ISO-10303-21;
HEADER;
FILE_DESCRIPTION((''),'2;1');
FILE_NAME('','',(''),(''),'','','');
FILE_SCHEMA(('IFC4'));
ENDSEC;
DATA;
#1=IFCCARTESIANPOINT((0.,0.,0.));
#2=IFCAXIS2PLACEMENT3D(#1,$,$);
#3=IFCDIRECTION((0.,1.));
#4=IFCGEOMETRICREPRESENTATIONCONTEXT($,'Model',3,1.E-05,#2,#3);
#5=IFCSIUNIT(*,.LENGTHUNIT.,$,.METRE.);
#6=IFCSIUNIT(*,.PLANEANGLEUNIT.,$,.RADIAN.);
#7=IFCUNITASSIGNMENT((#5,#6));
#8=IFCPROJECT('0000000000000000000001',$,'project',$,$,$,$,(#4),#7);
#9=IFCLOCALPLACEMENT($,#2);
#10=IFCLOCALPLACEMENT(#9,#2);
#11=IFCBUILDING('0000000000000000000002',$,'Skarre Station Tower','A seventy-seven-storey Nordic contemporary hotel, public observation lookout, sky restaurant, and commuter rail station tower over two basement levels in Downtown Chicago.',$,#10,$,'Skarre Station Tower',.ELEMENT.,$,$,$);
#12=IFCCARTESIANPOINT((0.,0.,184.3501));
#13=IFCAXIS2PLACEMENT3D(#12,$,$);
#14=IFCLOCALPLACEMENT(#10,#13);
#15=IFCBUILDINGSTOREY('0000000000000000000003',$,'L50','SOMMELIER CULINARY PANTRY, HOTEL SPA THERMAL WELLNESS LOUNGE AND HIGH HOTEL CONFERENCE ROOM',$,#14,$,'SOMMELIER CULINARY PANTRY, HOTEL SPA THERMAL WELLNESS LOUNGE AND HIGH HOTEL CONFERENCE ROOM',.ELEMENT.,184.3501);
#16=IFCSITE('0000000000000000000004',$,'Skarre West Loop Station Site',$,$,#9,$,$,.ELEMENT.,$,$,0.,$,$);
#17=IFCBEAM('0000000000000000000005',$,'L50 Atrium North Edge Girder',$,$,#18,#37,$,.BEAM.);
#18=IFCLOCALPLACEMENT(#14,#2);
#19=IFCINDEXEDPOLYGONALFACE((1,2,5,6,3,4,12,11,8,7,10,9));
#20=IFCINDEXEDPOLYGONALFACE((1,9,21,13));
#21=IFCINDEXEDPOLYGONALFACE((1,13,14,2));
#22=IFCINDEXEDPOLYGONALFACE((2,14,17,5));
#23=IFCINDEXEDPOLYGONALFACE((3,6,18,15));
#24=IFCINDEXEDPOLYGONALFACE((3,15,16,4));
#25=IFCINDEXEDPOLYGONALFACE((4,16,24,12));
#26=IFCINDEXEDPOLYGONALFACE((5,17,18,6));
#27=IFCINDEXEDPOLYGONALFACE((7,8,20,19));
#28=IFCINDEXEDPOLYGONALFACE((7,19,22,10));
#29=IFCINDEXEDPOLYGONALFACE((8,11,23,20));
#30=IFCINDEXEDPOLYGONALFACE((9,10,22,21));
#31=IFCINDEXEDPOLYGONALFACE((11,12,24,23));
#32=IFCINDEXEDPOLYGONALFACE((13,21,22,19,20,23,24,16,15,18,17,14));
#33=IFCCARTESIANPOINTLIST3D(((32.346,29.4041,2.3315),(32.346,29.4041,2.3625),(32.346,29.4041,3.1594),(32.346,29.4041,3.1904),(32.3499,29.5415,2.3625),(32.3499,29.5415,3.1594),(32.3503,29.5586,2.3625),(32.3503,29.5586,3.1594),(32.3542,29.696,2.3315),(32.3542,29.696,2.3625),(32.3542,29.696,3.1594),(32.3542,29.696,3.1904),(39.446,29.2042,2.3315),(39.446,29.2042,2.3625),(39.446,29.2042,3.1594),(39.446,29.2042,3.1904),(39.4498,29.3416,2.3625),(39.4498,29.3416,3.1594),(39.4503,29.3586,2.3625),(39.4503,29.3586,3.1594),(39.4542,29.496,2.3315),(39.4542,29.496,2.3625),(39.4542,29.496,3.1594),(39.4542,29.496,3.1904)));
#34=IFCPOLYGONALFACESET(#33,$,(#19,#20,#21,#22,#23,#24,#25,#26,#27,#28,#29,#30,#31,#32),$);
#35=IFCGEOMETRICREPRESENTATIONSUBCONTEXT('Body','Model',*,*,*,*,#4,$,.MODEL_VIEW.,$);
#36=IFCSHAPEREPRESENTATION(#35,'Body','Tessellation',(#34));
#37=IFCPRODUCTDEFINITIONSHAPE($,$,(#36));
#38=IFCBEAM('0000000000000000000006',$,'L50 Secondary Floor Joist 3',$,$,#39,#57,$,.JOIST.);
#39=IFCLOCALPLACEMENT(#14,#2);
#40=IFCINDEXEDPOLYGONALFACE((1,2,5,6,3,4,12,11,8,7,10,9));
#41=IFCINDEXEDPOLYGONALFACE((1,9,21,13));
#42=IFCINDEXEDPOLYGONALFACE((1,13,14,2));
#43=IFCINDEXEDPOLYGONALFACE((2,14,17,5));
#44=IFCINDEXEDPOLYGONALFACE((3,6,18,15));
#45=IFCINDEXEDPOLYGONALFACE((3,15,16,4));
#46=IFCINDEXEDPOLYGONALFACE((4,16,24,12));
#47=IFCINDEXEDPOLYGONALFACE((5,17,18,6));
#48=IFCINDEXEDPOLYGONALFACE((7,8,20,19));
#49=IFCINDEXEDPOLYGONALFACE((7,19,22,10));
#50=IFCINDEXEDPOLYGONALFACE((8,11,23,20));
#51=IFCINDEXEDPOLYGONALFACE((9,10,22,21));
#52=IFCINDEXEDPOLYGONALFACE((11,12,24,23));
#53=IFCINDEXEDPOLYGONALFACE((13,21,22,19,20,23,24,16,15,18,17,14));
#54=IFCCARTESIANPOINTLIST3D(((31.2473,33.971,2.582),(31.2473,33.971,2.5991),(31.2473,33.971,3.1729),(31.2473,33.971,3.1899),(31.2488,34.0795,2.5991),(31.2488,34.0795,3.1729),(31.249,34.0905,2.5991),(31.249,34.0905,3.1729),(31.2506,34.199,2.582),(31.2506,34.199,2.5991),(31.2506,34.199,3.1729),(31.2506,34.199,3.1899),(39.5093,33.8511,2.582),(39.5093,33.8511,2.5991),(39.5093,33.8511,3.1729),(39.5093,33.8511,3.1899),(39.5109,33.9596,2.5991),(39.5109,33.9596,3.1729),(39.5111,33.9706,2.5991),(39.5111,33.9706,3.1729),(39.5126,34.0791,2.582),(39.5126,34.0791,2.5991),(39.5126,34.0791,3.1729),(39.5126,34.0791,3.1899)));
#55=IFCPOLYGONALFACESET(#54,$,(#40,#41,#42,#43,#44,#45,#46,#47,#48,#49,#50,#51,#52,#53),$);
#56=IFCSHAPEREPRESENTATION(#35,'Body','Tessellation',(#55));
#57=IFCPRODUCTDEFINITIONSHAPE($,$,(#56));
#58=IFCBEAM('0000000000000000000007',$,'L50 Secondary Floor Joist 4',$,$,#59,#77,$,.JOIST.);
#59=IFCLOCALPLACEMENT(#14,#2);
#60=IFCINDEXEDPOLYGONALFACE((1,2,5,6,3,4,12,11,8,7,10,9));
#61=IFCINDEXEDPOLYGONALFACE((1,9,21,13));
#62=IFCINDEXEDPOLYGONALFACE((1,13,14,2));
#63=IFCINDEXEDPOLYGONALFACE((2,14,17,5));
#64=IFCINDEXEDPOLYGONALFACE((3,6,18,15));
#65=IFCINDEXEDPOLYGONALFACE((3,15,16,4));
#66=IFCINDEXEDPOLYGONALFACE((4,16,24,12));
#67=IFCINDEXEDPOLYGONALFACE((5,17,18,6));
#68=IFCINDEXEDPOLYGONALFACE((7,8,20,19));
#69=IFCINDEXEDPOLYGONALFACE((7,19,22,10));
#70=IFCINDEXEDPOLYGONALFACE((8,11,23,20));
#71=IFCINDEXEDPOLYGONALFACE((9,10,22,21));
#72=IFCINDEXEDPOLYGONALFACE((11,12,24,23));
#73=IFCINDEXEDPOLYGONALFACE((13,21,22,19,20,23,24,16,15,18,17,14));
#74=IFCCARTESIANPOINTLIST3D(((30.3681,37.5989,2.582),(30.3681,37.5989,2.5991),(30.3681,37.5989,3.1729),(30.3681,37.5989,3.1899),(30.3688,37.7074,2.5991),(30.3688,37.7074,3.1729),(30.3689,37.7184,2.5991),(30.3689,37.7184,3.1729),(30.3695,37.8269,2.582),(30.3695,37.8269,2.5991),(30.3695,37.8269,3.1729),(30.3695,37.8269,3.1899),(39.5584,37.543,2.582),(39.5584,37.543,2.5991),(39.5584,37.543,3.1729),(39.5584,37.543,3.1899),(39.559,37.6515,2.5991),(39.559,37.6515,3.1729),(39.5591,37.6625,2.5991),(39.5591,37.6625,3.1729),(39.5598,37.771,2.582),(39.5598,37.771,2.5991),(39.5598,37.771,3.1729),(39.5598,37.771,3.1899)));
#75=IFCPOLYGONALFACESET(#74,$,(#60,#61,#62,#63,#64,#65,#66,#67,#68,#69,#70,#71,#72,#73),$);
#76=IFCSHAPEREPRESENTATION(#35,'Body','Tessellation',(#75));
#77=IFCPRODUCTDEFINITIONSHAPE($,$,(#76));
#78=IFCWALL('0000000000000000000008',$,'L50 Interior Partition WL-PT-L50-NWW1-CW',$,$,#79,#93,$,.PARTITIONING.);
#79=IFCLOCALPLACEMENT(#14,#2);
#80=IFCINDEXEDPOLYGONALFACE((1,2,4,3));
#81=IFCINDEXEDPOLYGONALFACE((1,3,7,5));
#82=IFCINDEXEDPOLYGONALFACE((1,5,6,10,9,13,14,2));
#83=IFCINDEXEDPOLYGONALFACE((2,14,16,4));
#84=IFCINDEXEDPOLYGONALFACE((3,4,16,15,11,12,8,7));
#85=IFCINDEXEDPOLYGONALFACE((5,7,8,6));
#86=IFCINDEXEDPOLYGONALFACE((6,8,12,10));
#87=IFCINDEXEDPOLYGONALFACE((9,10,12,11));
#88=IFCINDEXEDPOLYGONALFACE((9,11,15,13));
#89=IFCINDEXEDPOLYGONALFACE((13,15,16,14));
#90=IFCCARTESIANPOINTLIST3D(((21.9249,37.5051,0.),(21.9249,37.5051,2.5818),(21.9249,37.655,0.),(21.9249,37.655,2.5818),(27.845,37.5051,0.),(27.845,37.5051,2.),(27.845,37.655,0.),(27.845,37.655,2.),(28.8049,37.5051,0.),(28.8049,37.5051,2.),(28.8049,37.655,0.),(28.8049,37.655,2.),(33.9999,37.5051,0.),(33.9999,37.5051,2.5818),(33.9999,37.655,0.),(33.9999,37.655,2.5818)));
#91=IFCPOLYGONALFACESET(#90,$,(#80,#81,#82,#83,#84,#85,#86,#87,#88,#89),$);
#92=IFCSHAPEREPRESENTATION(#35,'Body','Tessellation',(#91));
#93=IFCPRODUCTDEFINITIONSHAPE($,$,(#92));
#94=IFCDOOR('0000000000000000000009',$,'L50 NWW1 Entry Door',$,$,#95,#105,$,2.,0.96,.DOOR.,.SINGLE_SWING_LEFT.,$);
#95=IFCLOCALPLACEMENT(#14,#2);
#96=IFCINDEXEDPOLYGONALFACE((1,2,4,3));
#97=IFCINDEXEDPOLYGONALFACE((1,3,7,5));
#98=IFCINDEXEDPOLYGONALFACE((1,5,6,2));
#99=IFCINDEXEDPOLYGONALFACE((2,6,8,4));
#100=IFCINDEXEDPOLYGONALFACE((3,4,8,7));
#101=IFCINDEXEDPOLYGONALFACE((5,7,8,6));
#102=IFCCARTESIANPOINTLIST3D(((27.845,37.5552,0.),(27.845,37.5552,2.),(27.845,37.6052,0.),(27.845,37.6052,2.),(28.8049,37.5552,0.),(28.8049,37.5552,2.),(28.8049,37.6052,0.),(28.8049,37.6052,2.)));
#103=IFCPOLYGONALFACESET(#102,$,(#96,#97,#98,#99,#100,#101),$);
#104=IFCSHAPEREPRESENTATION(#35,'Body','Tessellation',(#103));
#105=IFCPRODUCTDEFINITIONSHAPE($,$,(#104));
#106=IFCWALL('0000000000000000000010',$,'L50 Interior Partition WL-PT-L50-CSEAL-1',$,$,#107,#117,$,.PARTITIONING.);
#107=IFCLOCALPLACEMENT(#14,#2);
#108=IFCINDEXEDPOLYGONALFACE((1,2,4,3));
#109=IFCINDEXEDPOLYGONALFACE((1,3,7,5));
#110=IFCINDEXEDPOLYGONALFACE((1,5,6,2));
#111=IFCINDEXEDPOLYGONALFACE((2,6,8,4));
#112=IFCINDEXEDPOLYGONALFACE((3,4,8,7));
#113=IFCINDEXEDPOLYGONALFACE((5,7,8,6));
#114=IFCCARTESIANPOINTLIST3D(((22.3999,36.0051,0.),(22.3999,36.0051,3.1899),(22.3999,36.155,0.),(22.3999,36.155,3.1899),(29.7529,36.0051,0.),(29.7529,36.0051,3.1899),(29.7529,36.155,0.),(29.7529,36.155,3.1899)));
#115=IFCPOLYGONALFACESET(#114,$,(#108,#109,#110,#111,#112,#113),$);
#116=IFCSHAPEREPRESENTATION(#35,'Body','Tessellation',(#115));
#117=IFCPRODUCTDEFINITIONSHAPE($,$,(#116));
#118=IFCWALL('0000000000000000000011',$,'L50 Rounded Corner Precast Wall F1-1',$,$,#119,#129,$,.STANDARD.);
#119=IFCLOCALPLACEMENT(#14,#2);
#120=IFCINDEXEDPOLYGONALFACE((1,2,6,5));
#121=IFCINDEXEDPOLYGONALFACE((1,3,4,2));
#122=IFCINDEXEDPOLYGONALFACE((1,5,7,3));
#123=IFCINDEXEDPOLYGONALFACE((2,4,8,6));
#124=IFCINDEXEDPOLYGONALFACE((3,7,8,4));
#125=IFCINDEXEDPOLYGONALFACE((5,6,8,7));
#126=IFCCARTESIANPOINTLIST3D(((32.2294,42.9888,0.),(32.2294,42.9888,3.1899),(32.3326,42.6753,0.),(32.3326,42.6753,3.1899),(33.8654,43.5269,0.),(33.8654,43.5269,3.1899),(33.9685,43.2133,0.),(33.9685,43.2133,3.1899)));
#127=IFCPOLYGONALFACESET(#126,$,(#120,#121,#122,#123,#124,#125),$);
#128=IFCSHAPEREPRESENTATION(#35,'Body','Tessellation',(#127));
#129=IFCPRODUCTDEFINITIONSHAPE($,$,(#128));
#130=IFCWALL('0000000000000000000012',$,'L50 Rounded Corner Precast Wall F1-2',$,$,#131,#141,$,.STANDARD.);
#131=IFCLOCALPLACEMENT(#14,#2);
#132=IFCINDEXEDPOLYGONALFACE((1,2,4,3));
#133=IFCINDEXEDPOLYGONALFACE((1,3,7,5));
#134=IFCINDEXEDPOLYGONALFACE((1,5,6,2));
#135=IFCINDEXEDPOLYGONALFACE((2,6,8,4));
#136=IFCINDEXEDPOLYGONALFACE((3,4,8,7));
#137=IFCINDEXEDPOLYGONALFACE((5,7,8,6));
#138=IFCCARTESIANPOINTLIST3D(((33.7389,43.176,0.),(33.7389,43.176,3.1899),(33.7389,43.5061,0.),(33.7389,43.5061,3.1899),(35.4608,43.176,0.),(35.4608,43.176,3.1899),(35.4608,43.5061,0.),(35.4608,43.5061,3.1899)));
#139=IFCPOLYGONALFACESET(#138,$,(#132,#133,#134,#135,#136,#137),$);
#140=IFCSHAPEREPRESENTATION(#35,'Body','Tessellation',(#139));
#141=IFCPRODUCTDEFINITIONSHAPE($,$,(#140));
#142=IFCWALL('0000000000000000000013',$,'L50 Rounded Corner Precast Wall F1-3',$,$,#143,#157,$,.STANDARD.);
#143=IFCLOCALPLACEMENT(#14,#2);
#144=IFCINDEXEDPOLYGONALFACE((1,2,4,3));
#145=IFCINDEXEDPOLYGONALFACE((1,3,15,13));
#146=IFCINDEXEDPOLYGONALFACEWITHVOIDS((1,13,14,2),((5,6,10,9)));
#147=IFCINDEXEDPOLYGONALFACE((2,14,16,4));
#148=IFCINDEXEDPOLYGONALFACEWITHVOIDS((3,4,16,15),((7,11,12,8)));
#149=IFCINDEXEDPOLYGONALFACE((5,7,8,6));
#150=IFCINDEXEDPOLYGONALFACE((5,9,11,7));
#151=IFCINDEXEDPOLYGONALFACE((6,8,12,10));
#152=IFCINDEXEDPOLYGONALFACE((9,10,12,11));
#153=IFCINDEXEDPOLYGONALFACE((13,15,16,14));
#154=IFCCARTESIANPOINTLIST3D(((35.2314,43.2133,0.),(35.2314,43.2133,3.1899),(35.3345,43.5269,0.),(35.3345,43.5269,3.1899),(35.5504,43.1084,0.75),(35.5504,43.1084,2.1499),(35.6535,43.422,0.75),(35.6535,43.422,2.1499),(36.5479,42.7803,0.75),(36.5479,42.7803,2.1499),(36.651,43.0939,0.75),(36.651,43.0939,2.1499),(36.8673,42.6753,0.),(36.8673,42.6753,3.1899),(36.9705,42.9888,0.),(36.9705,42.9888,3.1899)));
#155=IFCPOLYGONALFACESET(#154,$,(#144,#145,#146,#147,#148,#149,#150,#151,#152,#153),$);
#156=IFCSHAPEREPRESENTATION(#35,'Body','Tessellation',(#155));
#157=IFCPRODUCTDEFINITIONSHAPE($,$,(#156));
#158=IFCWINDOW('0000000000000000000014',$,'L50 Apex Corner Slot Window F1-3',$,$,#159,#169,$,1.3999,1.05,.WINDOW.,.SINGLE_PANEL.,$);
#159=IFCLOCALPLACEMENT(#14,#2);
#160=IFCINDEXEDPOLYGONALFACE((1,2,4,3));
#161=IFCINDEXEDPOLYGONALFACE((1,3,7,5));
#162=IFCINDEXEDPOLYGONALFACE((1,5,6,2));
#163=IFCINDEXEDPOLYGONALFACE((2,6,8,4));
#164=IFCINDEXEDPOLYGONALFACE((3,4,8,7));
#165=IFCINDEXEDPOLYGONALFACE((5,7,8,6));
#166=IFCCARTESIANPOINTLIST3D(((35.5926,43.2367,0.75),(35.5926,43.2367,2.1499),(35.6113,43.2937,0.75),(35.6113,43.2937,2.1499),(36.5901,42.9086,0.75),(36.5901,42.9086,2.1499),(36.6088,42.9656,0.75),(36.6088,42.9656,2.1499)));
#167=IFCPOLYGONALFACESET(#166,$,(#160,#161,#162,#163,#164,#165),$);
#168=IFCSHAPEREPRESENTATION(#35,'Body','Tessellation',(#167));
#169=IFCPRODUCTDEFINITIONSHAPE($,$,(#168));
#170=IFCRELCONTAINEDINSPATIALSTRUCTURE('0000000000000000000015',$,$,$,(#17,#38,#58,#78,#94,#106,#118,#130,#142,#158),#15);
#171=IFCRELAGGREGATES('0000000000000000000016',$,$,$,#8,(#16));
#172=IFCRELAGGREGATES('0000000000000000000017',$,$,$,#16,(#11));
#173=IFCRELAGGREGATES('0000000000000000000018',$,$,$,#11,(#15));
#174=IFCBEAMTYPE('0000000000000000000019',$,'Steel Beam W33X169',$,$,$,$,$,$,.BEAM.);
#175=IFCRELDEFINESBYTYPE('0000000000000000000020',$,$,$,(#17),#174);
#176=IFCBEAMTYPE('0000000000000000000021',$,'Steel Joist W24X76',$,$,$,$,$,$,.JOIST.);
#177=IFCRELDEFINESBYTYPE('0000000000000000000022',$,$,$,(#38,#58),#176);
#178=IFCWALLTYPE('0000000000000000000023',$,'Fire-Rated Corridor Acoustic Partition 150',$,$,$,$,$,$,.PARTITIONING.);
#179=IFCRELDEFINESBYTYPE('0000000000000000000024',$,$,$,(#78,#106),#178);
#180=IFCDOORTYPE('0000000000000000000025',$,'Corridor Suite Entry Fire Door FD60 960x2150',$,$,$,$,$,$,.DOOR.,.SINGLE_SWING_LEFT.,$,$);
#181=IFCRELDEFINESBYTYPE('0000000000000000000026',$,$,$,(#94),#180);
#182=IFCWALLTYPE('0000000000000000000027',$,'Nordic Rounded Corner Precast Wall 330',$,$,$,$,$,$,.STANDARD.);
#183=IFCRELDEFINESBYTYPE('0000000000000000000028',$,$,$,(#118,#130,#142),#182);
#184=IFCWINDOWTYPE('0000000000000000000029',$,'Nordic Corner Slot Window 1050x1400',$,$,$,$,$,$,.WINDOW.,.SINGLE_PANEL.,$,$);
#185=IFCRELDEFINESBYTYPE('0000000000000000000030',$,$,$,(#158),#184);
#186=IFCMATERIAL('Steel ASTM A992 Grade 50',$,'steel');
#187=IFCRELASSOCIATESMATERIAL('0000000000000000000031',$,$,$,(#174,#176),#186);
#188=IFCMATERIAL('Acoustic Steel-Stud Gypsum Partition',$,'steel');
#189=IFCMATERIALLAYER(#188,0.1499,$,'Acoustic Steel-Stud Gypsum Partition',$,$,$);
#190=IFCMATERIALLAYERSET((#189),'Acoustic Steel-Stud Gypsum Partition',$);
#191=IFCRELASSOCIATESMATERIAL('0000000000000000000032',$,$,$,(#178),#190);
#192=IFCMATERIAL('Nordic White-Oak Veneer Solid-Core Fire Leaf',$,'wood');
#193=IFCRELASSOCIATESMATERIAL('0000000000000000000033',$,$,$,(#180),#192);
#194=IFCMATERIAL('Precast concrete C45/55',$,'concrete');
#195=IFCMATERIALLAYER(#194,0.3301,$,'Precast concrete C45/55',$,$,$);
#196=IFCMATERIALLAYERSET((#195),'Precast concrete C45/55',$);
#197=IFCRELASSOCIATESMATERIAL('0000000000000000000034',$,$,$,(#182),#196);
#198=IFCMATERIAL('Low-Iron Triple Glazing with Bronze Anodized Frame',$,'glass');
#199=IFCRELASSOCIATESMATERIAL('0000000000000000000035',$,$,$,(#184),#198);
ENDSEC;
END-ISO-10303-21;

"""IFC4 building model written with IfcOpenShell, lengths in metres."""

from ifc_helpers import new_model, si_unit, direction, frame, frame_2d, origin, origin_2d, place, context, subcontext, project, spatial, rectangle, i_section, extrude, material, layer, layer_set, material_profile, profile_set, type_object, element, fill, save


model = new_model("IFC4")

# Units and contexts
model_context = context("Model", 3, precision=1e-05, world=origin(), true_north=direction((0.0, 1.0)))
body_context = subcontext(model_context, "Body", "Model", "MODEL_VIEW")
ifc_project = project(units=[si_unit("LENGTHUNIT", "METRE"), si_unit("PLANEANGLEUNIT", "RADIAN")], contexts=[model_context])

# Site, building, storey
site_placement = place(None, origin())
site = spatial("IfcSite", under=ifc_project, at=site_placement, Name="Skarre West Loop Station Site", CompositionType="ELEMENT", RefElevation=0.0)
building_placement = place(site_placement, origin())
building = spatial("IfcBuilding", under=site, at=building_placement, Name="Skarre Station Tower", Description="A seventy-seven-storey Nordic contemporary hotel, public observation lookout, sky restaurant, and commuter rail station tower over two basement levels in Downtown Chicago.", LongName="Skarre Station Tower", CompositionType="ELEMENT")
storey_placement = place(building_placement, frame((0.0, 0.0, 184.3501)))
storey = spatial("IfcBuildingStorey", under=building, at=storey_placement, Name="L50", Description="SOMMELIER CULINARY PANTRY, HOTEL SPA THERMAL WELLNESS LOUNGE AND HIGH HOTEL CONFERENCE ROOM", LongName="SOMMELIER CULINARY PANTRY, HOTEL SPA THERMAL WELLNESS LOUNGE AND HIGH HOTEL CONFERENCE ROOM", CompositionType="ELEMENT", Elevation=184.3501)

# Beams
ifc_material_1 = material(Name="Steel ASTM A992 Grade 50", Category="steel")
ifc_material_profile_1 = material_profile(ifc_material_1, i_section(OverallWidth=0.292, OverallDepth=0.8589, WebThickness=0.0171, FlangeThickness=0.031, at=origin_2d()), Name="Steel ASTM A992 Grade 50")
ifc_profile_set_1 = profile_set([ifc_material_profile_1], Name="Steel ASTM A992 Grade 50")
beam_type_1 = type_object("IfcBeamType", Name="Steel Beam W33X169", PredefinedType="BEAM", material=ifc_profile_set_1)
beam_1_placement = place(storey_placement, frame((32.3501, 29.55, 2.761), z_axis=(0.999604, -0.028152, 0.0), x_axis=(0.028152, 0.999604, 0.0)))
element("IfcBeam", 1, at=beam_1_placement, inside=storey, type_object=beam_type_1, Name="L50 Atrium North Edge Girder", PredefinedType="BEAM", context=body_context, shape_type="SweptSolid", body=[
    extrude(i_section(OverallWidth=0.292, OverallDepth=0.8589, WebThickness=0.0171, FlangeThickness=0.031, at=origin_2d()), origin(), (0.0, 0.0, 1.0), 7.1028),
])
ifc_material_profile_2 = material_profile(ifc_material_1, i_section(OverallWidth=0.228, OverallDepth=0.6079, WebThickness=0.011, FlangeThickness=0.0171, at=origin_2d()), Name="Steel ASTM A992 Grade 50")
ifc_profile_set_2 = profile_set([ifc_material_profile_2], Name="Steel ASTM A992 Grade 50")
beam_type_2 = type_object("IfcBeamType", Name="Steel Joist W24X76", PredefinedType="JOIST", material=ifc_profile_set_2)
beam_2_placement = place(storey_placement, frame((39.511, 33.9651, 2.886), z_axis=(-0.999895, 0.014508, 0.0), x_axis=(-0.014508, -0.999895, 0.0)))
element("IfcBeam", 2, at=beam_2_placement, inside=storey, type_object=beam_type_2, Name="L50 Secondary Floor Joist 3", PredefinedType="JOIST", context=body_context, shape_type="SweptSolid", body=[
    extrude(i_section(OverallWidth=0.228, OverallDepth=0.6079, WebThickness=0.011, FlangeThickness=0.0171, at=origin_2d()), origin(), (0.0, 0.0, 1.0), 8.2629),
])
beam_3_placement = place(storey_placement, frame((39.5591, 37.657, 2.886), z_axis=(-0.999981, 0.006083, 0.0), x_axis=(-0.006083, -0.999981, 0.0)))
element("IfcBeam", 3, at=beam_3_placement, inside=storey, type_object=beam_type_2, Name="L50 Secondary Floor Joist 4", PredefinedType="JOIST", context=body_context, shape_type="SweptSolid", body=[
    extrude(i_section(OverallWidth=0.228, OverallDepth=0.6079, WebThickness=0.011, FlangeThickness=0.0171, at=origin_2d()), origin(), (0.0, 0.0, 1.0), 9.1904),
])

# Wall, opening, door
ifc_material_2 = material(Name="Acoustic Steel-Stud Gypsum Partition", Category="steel")
ifc_layer_1 = layer(ifc_material_2, 0.1499, Name="Acoustic Steel-Stud Gypsum Partition")
ifc_layer_set_1 = layer_set([ifc_layer_1], Name="Acoustic Steel-Stud Gypsum Partition")
wall_type_1 = type_object("IfcWallType", Name="Fire-Rated Corridor Acoustic Partition 150", PredefinedType="PARTITIONING", material=ifc_layer_set_1)
wall_1_placement = place(storey_placement, frame((34.0, 37.5801, 0.0), z_axis=(0.0, 0.0, 1.0), x_axis=(-1.0, 0.0, 0.0)))
wall_1 = element("IfcWall", 4, at=wall_1_placement, inside=storey, type_object=wall_type_1, Name="L50 Interior Partition WL-PT-L50-NWW1-CW", PredefinedType="PARTITIONING", context=body_context, shape_type="SweptSolid", body=[
    extrude(rectangle(XDim=12.075, YDim=0.1499, at=frame_2d((6.0376, 0.0))), origin(), (0.0, 0.0, 1.0), 2.5818),
])
opening_1_placement = place(wall_1_placement, frame((5.1951, 0.0, 0.0)))
opening_1 = element("IfcOpeningElement", 5, at=opening_1_placement, cuts=wall_1, PredefinedType="OPENING", context=body_context, shape_type="SweptSolid", body=[
    extrude(rectangle(XDim=0.96, YDim=2.0, at=frame_2d((0.48, 1.0))), frame((0.0, 0.085, 0.0), z_axis=(0.0, -1.0, 0.0), x_axis=(1.0, 0.0, 0.0)), (0.0, 0.0, 1.0), 0.1699),
])
ifc_material_3 = material(Name="Nordic White-Oak Veneer Solid-Core Fire Leaf", Category="wood")
door_type = type_object("IfcDoorType", Name="Corridor Suite Entry Fire Door FD60 960x2150", OperationType="SINGLE_SWING_LEFT", PredefinedType="DOOR", material=ifc_material_3)
door_placement = place(opening_1_placement, origin())
door = element("IfcDoor", 6, at=door_placement, inside=storey, type_object=door_type, Name="L50 NWW1 Entry Door", OperationType="SINGLE_SWING_LEFT", OverallHeight=2.0, OverallWidth=0.96, PredefinedType="DOOR", context=body_context, shape_type="SweptSolid", body=[
    extrude(rectangle(XDim=0.96, YDim=2.0, at=frame_2d((0.48, 1.0))), frame((0.0, 0.0249, 0.0), z_axis=(0.0, -1.0, 0.0), x_axis=(1.0, 0.0, 0.0)), (0.0, 0.0, 1.0), 0.05),
])
fill(opening_1, door)

# Walls
wall_2_placement = place(storey_placement, frame((29.7529, 36.0801, 0.0), z_axis=(0.0, 0.0, 1.0), x_axis=(-1.0, 0.0, 0.0)))
element("IfcWall", 7, at=wall_2_placement, inside=storey, type_object=wall_type_1, Name="L50 Interior Partition WL-PT-L50-CSEAL-1", PredefinedType="PARTITIONING", context=body_context, shape_type="SweptSolid", body=[
    extrude(rectangle(XDim=7.353, YDim=0.1499, at=frame_2d((3.6765, 0.0))), origin(), (0.0, 0.0, 1.0), 3.1899),
])
ifc_material_4 = material(Name="Precast concrete C45/55", Category="concrete")
ifc_layer_2 = layer(ifc_material_4, 0.3301, Name="Precast concrete C45/55")
ifc_layer_set_2 = layer_set([ifc_layer_2], Name="Precast concrete C45/55")
wall_type_2 = type_object("IfcWallType", Name="Nordic Rounded Corner Precast Wall 330", PredefinedType="STANDARD", material=ifc_layer_set_2)
wall_3_placement = place(storey_placement, frame((32.281, 42.832, 0.0), z_axis=(0.0, 0.0, 1.0), x_axis=(0.949937, 0.31244, 0.0)))
element("IfcWall", 8, at=wall_3_placement, inside=storey, type_object=wall_type_2, Name="L50 Rounded Corner Precast Wall F1-1", PredefinedType="STANDARD", context=body_context, shape_type="SweptSolid", body=[
    extrude(rectangle(XDim=1.7222, YDim=0.3301, at=frame_2d((0.8611, 0.0))), origin(), (0.0, 0.0, 1.0), 3.1899),
])
wall_4_placement = place(storey_placement, frame((33.739, 43.3411, 0.0), z_axis=(0.0, 0.0, 1.0), x_axis=(1.0, 0.0, 0.0)))
element("IfcWall", 9, at=wall_4_placement, inside=storey, type_object=wall_type_2, Name="L50 Rounded Corner Precast Wall F1-2", PredefinedType="STANDARD", context=body_context, shape_type="SweptSolid", body=[
    extrude(rectangle(XDim=1.7219, YDim=0.3301, at=frame_2d((0.8608, 0.0))), origin(), (0.0, 0.0, 1.0), 3.1899),
])

# Wall, opening, window
wall_5_placement = place(storey_placement, frame((35.283, 43.3701, 0.0), z_axis=(0.0, 0.0, 1.0), x_axis=(0.949937, -0.31244, 0.0)))
wall_5 = element("IfcWall", 10, at=wall_5_placement, inside=storey, type_object=wall_type_2, Name="L50 Rounded Corner Precast Wall F1-3", PredefinedType="STANDARD", context=body_context, shape_type="SweptSolid", body=[
    extrude(rectangle(XDim=1.7222, YDim=0.3301, at=frame_2d((0.8611, 0.0))), origin(), (0.0, 0.0, 1.0), 3.1899),
])
opening_2_placement = place(wall_5_placement, frame((0.3359, 0.0, 0.75)))
opening_2 = element("IfcOpeningElement", 11, at=opening_2_placement, cuts=wall_5, PredefinedType="OPENING", context=body_context, shape_type="SweptSolid", body=[
    extrude(rectangle(XDim=1.05, YDim=1.3999, at=frame_2d((0.5249, 0.7))), frame((0.0, 0.175, 0.0), z_axis=(0.0, -1.0, 0.0), x_axis=(1.0, 0.0, 0.0)), (0.0, 0.0, 1.0), 0.3501),
])
ifc_material_5 = material(Name="Low-Iron Triple Glazing with Bronze Anodized Frame", Category="glass")
window_type_1 = type_object("IfcWindowType", Name="Nordic Corner Slot Window 1050x1400", PartitioningType="SINGLE_PANEL", PredefinedType="WINDOW", material=ifc_material_5)
window_1_placement = place(opening_2_placement, origin())
window_1 = element("IfcWindow", 12, at=window_1_placement, inside=storey, type_object=window_type_1, Name="L50 Apex Corner Slot Window F1-3", OverallHeight=1.3999, OverallWidth=1.05, PartitioningType="SINGLE_PANEL", PredefinedType="WINDOW", context=body_context, shape_type="SweptSolid", body=[
    extrude(rectangle(XDim=1.05, YDim=1.3999, at=frame_2d((0.5249, 0.7))), frame((0.0, 0.03, 0.0), z_axis=(0.0, -1.0, 0.0), x_axis=(1.0, 0.0, 0.0)), (0.0, 0.0, 1.0), 0.0601),
])
fill(opening_2, window_1)

save(model, "model.ifc")
